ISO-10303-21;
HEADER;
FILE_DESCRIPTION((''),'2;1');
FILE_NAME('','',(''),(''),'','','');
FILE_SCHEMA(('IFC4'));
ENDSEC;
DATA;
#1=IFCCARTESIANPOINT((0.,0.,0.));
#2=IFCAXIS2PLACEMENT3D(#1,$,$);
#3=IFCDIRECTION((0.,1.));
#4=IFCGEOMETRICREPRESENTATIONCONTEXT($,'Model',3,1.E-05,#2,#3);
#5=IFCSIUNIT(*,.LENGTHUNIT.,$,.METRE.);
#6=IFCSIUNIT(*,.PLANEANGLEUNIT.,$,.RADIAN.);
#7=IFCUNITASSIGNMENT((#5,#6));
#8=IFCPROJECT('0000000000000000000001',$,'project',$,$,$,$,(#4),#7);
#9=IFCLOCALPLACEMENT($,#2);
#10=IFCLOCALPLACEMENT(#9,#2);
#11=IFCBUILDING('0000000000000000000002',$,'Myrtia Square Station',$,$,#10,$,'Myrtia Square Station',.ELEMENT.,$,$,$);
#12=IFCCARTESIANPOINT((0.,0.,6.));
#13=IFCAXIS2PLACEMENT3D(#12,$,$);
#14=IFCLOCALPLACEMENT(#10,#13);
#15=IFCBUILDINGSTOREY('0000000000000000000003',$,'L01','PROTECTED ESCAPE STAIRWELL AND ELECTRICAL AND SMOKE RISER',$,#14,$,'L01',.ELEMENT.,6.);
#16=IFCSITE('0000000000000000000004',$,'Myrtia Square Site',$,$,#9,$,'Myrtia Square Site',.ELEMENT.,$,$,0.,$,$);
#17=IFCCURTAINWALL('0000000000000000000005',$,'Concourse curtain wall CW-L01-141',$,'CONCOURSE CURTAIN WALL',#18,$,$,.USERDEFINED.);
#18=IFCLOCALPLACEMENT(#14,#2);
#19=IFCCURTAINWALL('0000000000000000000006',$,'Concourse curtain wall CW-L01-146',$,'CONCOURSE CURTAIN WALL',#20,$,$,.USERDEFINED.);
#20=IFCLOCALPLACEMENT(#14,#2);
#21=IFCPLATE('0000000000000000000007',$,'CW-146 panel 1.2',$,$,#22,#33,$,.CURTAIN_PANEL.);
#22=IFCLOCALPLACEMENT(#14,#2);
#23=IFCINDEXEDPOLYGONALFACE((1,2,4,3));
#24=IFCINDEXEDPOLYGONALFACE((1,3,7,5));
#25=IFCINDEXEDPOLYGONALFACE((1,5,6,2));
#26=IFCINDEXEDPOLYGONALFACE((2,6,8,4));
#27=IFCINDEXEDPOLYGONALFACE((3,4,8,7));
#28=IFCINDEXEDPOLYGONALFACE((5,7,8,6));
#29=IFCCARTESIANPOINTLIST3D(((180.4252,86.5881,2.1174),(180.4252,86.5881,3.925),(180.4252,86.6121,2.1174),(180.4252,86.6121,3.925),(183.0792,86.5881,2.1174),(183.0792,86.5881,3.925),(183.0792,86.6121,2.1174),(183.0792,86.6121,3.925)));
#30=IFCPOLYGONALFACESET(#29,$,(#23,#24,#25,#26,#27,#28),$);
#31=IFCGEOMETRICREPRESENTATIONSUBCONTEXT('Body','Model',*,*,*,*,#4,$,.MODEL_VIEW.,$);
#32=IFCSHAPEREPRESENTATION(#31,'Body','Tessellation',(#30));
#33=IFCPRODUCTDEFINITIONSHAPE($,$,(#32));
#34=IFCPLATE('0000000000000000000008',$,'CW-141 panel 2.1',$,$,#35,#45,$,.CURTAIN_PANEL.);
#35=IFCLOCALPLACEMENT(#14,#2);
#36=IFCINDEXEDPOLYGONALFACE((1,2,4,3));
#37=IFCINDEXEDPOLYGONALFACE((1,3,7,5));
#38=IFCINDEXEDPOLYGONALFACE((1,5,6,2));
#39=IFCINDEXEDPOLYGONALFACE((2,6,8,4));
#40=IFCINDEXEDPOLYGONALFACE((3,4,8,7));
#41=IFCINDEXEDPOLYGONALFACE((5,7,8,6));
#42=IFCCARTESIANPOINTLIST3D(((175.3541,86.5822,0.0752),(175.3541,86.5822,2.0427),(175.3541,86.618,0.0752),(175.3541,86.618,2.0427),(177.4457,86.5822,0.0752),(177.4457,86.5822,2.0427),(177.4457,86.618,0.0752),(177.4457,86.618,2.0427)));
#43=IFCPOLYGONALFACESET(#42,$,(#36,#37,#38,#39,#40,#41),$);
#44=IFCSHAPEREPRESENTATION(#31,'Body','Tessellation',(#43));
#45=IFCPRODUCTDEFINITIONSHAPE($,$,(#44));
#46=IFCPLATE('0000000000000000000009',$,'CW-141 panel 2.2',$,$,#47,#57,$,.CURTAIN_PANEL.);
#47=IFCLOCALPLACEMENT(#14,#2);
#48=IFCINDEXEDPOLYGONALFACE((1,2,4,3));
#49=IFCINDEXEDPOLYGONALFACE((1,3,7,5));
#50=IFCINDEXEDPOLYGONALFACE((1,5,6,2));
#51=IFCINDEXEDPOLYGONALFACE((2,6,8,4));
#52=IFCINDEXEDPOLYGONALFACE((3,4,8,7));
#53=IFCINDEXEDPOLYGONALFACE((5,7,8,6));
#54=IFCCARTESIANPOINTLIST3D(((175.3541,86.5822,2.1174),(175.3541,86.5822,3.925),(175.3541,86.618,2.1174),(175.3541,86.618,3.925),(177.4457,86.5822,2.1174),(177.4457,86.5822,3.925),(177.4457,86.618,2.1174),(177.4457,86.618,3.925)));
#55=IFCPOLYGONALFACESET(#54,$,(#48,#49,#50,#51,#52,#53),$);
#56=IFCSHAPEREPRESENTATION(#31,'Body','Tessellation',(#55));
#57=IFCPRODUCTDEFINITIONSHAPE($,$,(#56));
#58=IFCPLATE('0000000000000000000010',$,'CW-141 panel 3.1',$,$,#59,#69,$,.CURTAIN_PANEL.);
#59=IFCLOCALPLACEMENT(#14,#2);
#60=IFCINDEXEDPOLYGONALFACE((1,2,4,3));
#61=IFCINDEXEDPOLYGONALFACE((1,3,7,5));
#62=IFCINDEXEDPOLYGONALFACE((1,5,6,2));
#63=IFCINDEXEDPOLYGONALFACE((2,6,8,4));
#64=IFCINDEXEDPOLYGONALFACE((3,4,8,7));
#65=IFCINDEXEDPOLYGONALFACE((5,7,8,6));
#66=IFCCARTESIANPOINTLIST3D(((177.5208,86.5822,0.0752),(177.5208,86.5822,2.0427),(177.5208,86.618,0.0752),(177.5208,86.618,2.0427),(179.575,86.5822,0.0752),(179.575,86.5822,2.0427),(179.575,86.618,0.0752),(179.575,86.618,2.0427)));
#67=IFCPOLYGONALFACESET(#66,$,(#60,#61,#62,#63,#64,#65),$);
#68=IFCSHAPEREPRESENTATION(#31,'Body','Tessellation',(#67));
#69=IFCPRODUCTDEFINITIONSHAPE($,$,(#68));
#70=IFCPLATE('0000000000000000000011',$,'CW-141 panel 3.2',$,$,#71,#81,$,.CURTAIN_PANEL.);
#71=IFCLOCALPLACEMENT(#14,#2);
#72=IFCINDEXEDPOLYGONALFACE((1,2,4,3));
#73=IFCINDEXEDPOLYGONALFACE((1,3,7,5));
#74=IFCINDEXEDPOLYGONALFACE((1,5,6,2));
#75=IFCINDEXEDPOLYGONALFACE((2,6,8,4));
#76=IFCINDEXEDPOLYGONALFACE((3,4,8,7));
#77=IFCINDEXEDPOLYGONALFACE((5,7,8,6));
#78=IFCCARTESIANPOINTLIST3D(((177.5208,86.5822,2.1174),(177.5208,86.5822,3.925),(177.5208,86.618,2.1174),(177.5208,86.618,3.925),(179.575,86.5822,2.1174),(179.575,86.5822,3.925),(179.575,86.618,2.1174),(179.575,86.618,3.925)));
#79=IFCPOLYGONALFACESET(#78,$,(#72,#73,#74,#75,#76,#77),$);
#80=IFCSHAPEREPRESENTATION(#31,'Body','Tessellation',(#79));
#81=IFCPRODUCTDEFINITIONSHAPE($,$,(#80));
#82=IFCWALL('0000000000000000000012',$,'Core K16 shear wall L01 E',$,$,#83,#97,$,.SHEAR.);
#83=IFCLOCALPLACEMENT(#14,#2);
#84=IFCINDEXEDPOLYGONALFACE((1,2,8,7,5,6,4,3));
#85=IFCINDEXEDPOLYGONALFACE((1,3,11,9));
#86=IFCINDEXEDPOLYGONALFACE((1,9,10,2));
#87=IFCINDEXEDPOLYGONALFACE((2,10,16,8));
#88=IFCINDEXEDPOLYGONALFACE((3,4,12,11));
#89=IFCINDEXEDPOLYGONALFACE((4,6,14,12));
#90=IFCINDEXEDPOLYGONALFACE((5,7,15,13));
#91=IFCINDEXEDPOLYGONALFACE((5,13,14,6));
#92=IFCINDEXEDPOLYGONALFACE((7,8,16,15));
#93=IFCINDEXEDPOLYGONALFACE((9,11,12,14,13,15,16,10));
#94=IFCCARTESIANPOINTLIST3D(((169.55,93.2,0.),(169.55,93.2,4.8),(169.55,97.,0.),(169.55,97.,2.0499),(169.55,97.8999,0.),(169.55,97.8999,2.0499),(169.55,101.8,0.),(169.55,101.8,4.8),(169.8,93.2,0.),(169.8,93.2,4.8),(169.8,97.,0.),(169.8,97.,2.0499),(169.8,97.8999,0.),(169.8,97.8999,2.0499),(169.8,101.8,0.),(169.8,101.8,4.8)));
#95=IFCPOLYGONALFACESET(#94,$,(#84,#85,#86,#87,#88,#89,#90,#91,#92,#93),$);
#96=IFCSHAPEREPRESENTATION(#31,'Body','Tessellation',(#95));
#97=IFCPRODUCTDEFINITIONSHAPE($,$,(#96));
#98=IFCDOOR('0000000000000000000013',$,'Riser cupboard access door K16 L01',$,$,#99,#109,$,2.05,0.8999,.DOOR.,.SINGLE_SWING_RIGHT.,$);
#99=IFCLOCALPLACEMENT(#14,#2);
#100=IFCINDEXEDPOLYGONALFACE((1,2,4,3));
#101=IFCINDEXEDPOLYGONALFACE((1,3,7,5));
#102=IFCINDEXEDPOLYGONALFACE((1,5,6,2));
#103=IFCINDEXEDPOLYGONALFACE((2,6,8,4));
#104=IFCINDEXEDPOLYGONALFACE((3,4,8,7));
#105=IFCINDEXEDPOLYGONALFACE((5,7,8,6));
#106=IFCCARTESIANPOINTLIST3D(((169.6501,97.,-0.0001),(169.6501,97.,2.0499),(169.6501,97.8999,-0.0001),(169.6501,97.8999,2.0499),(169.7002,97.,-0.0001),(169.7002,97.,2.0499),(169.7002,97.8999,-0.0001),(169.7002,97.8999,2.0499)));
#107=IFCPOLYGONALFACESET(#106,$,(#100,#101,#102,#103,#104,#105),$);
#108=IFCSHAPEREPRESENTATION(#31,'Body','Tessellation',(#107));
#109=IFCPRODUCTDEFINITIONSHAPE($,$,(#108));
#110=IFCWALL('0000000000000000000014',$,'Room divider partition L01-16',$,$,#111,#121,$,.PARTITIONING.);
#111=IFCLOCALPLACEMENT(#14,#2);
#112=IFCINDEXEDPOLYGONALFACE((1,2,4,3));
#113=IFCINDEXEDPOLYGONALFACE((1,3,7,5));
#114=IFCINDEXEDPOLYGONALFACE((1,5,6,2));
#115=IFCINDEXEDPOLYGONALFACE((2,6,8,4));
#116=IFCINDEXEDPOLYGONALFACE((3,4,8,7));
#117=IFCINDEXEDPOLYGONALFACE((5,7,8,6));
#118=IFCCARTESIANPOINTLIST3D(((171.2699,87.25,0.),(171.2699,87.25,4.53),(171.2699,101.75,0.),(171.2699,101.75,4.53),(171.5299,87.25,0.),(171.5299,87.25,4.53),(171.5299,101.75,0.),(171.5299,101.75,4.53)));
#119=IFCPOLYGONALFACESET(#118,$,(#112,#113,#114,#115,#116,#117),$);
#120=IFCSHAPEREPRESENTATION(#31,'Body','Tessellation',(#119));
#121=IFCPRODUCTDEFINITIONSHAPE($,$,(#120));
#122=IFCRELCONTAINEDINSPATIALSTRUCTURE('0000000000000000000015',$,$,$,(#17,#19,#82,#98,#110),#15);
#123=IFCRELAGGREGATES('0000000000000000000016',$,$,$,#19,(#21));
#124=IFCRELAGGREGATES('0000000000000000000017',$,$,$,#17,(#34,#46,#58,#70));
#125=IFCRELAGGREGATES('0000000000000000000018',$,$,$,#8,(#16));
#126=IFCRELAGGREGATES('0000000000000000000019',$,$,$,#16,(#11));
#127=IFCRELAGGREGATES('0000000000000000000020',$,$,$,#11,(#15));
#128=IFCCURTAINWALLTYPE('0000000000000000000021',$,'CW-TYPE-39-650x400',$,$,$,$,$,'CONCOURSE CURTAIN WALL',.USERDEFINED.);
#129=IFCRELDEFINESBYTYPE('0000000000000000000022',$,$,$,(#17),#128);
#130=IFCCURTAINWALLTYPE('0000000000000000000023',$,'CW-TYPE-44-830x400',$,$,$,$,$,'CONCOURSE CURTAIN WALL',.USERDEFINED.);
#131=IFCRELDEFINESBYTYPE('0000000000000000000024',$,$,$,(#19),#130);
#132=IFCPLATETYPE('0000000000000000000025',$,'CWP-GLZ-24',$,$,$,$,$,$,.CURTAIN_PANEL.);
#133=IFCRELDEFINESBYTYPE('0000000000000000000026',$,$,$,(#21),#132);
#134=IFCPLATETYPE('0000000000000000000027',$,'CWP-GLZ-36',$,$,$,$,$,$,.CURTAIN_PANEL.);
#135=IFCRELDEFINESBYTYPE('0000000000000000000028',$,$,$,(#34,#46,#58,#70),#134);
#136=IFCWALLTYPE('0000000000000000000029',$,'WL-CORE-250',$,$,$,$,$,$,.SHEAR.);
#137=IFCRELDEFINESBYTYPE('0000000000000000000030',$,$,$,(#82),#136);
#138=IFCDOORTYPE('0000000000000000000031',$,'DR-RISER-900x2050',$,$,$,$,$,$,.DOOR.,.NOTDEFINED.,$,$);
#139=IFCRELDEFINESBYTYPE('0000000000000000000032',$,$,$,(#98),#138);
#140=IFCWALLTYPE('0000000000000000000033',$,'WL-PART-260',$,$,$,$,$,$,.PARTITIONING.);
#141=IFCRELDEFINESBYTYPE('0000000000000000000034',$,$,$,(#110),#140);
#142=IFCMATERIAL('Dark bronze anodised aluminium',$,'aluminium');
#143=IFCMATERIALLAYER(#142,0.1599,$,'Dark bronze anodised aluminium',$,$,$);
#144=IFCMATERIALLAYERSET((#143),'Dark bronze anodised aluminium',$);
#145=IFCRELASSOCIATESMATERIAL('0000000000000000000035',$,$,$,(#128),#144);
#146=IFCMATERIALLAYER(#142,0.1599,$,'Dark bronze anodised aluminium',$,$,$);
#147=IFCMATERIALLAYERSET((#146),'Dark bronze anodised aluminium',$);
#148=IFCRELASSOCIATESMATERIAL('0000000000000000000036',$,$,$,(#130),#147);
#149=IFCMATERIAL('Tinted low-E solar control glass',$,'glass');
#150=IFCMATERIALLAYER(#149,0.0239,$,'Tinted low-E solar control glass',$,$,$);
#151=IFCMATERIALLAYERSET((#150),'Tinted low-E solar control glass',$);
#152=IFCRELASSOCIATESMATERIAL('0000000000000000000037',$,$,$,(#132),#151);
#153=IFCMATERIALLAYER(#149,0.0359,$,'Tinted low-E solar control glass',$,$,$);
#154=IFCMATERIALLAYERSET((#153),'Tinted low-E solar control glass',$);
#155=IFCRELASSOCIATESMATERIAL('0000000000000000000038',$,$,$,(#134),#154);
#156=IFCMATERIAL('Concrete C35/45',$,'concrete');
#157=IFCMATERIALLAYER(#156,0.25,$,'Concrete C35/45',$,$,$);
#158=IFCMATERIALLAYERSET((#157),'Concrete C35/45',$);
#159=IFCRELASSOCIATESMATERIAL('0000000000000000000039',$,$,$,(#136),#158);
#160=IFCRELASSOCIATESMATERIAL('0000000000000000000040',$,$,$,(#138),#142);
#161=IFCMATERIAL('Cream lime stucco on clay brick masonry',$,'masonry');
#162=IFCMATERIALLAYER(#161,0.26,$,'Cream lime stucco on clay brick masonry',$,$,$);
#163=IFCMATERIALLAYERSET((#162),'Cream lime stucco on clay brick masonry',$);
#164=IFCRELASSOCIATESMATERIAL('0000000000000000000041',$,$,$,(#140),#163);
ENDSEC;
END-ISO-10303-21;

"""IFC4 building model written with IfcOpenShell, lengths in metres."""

from ifc_helpers import new_model, si_unit, direction, frame, frame_2d, origin, origin_2d, place, context, subcontext, project, spatial, rectangle, extrude, material, layer, layer_set, type_object, element, fill, aggregate, save


model = new_model("IFC4")

# Units and contexts
model_context = context("Model", 3, precision=1e-05, world=origin(), true_north=direction((0.0, 1.0)))
body_context = subcontext(model_context, "Body", "Model", "MODEL_VIEW")
ifc_project = project(units=[si_unit("LENGTHUNIT", "METRE"), si_unit("PLANEANGLEUNIT", "RADIAN")], contexts=[model_context])

# Site, building, storey
site_placement = place(None, origin())
site = spatial("IfcSite", under=ifc_project, at=site_placement, Name="Myrtia Square Site", LongName="Myrtia Square Site", CompositionType="ELEMENT", RefElevation=0.0)
building_placement = place(site_placement, origin())
building = spatial("IfcBuilding", under=site, at=building_placement, Name="Myrtia Square Station", LongName="Myrtia Square Station", CompositionType="ELEMENT")
storey_placement = place(building_placement, frame((0.0, 0.0, 6.0)))
storey = spatial("IfcBuildingStorey", under=building, at=storey_placement, Name="L01", Description="PROTECTED ESCAPE STAIRWELL AND ELECTRICAL AND SMOKE RISER", LongName="L01", CompositionType="ELEMENT", Elevation=6.0)

# Curtain walls
ifc_material_1 = material(Name="Dark bronze anodised aluminium", Category="aluminium")
ifc_layer_1 = layer(ifc_material_1, 0.1599, Name="Dark bronze anodised aluminium")
ifc_layer_set_1 = layer_set([ifc_layer_1], Name="Dark bronze anodised aluminium")
curtain_wall_type_1 = type_object("IfcCurtainWallType", Name="CW-TYPE-39-650x400", ElementType="CONCOURSE CURTAIN WALL", PredefinedType="USERDEFINED", material=ifc_layer_set_1)
curtain_wall_1_placement = place(storey_placement, origin())
curtain_wall_1 = element("IfcCurtainWall", 1, at=curtain_wall_1_placement, inside=storey, type_object=curtain_wall_type_1, Name="Concourse curtain wall CW-L01-141", ObjectType="CONCOURSE CURTAIN WALL", PredefinedType="USERDEFINED")
ifc_layer_2 = layer(ifc_material_1, 0.1599, Name="Dark bronze anodised aluminium")
ifc_layer_set_2 = layer_set([ifc_layer_2], Name="Dark bronze anodised aluminium")
curtain_wall_type_2 = type_object("IfcCurtainWallType", Name="CW-TYPE-44-830x400", ElementType="CONCOURSE CURTAIN WALL", PredefinedType="USERDEFINED", material=ifc_layer_set_2)
curtain_wall_2_placement = place(storey_placement, origin())
curtain_wall_2 = element("IfcCurtainWall", 2, at=curtain_wall_2_placement, inside=storey, type_object=curtain_wall_type_2, Name="Concourse curtain wall CW-L01-146", ObjectType="CONCOURSE CURTAIN WALL", PredefinedType="USERDEFINED")

# Plates
ifc_material_2 = material(Name="Tinted low-E solar control glass", Category="glass")
ifc_layer_3 = layer(ifc_material_2, 0.0239, Name="Tinted low-E solar control glass")
ifc_layer_set_3 = layer_set([ifc_layer_3], Name="Tinted low-E solar control glass")
plate_type_1 = type_object("IfcPlateType", Name="CWP-GLZ-24", PredefinedType="CURTAIN_PANEL", material=ifc_layer_set_3)
plate_1_placement = place(storey_placement, frame((181.7522, 86.6001, 2.1174), z_axis=(0.0, 0.0, 1.0), x_axis=(1.0, 0.0, 0.0)))
plate_1 = element("IfcPlate", 3, at=plate_1_placement, type_object=plate_type_1, Name="CW-146 panel 1.2", PredefinedType="CURTAIN_PANEL", context=body_context, shape_type="SweptSolid", body=[
    extrude(rectangle(XDim=2.6541, YDim=0.0239, at=origin_2d()), origin(), (0.0, 0.0, 1.0), 1.8076),
])
aggregate(curtain_wall_2, [plate_1])
ifc_layer_4 = layer(ifc_material_2, 0.0359, Name="Tinted low-E solar control glass")
ifc_layer_set_4 = layer_set([ifc_layer_4], Name="Tinted low-E solar control glass")
plate_type_2 = type_object("IfcPlateType", Name="CWP-GLZ-36", PredefinedType="CURTAIN_PANEL", material=ifc_layer_set_4)
plate_2_placement = place(storey_placement, frame((176.3999, 86.6001, 0.0752), z_axis=(0.0, 0.0, 1.0), x_axis=(1.0, 0.0, 0.0)))
plate_2 = element("IfcPlate", 4, at=plate_2_placement, type_object=plate_type_2, Name="CW-141 panel 2.1", PredefinedType="CURTAIN_PANEL", context=body_context, shape_type="SweptSolid", body=[
    extrude(rectangle(XDim=2.0916, YDim=0.0359, at=origin_2d()), origin(), (0.0, 0.0, 1.0), 1.9675),
])
plate_3_placement = place(storey_placement, frame((176.3999, 86.6001, 2.1174), z_axis=(0.0, 0.0, 1.0), x_axis=(1.0, 0.0, 0.0)))
plate_3 = element("IfcPlate", 5, at=plate_3_placement, type_object=plate_type_2, Name="CW-141 panel 2.2", PredefinedType="CURTAIN_PANEL", context=body_context, shape_type="SweptSolid", body=[
    extrude(rectangle(XDim=2.0916, YDim=0.0359, at=origin_2d()), origin(), (0.0, 0.0, 1.0), 1.8076),
])
plate_4_placement = place(storey_placement, frame((178.5479, 86.6001, 0.0752), z_axis=(0.0, 0.0, 1.0), x_axis=(1.0, 0.0, 0.0)))
plate_4 = element("IfcPlate", 6, at=plate_4_placement, type_object=plate_type_2, Name="CW-141 panel 3.1", PredefinedType="CURTAIN_PANEL", context=body_context, shape_type="SweptSolid", body=[
    extrude(rectangle(XDim=2.0542, YDim=0.0359, at=origin_2d()), origin(), (0.0, 0.0, 1.0), 1.9675),
])
plate_5_placement = place(storey_placement, frame((178.5479, 86.6001, 2.1174), z_axis=(0.0, 0.0, 1.0), x_axis=(1.0, 0.0, 0.0)))
plate_5 = element("IfcPlate", 7, at=plate_5_placement, type_object=plate_type_2, Name="CW-141 panel 3.2", PredefinedType="CURTAIN_PANEL", context=body_context, shape_type="SweptSolid", body=[
    extrude(rectangle(XDim=2.0542, YDim=0.0359, at=origin_2d()), origin(), (0.0, 0.0, 1.0), 1.8076),
])
aggregate(curtain_wall_1, [plate_2, plate_3, plate_4, plate_5])

# Wall, opening, door
ifc_material_3 = material(Name="Concrete C35/45", Category="concrete")
ifc_layer_5 = layer(ifc_material_3, 0.25, Name="Concrete C35/45")
ifc_layer_set_5 = layer_set([ifc_layer_5], Name="Concrete C35/45")
wall_type_1 = type_object("IfcWallType", Name="WL-CORE-250", PredefinedType="SHEAR", material=ifc_layer_set_5)
wall_1_placement = place(storey_placement, frame((169.675, 93.2, 0.0), z_axis=(0.0, 0.0, 1.0), x_axis=(0.0, 1.0, 0.0)))
wall_1 = element("IfcWall", 8, at=wall_1_placement, inside=storey, type_object=wall_type_1, Name="Core K16 shear wall L01 E", PredefinedType="SHEAR", context=body_context, shape_type="SweptSolid", body=[
    extrude(rectangle(XDim=8.6001, YDim=0.25, at=frame_2d((4.3, 0.0))), origin(), (0.0, 0.0, 1.0), 4.8),
])
opening_placement = place(wall_1_placement, frame((3.8, 0.0, 0.0)))
opening = element("IfcOpeningElement", 9, at=opening_placement, cuts=wall_1, PredefinedType="OPENING", context=body_context, shape_type="SweptSolid", body=[
    extrude(rectangle(XDim=0.8999, YDim=2.05, at=frame_2d((0.45, 1.0249))), frame((0.0, 0.1399, 0.0), z_axis=(0.0, -1.0, 0.0), x_axis=(1.0, 0.0, 0.0)), (0.0, 0.0, 1.0), 0.28),
])
door_type = type_object("IfcDoorType", Name="DR-RISER-900x2050", OperationType="NOTDEFINED", PredefinedType="DOOR", material=ifc_material_1)
door_placement = place(opening_placement, origin())
door = element("IfcDoor", 10, at=door_placement, inside=storey, type_object=door_type, Name="Riser cupboard access door K16 L01", OperationType="SINGLE_SWING_RIGHT", OverallHeight=2.05, OverallWidth=0.8999, PredefinedType="DOOR", context=body_context, shape_type="SweptSolid", body=[
    extrude(rectangle(XDim=0.8999, YDim=2.05, at=frame_2d((0.45, 1.0249))), frame((0.0, 0.0249, 0.0), z_axis=(0.0, -1.0, 0.0), x_axis=(1.0, 0.0, 0.0)), (0.0, 0.0, 1.0), 0.05),
])
fill(opening, door)

# Wall
ifc_material_4 = material(Name="Cream lime stucco on clay brick masonry", Category="masonry")
ifc_layer_6 = layer(ifc_material_4, 0.26, Name="Cream lime stucco on clay brick masonry")
ifc_layer_set_6 = layer_set([ifc_layer_6], Name="Cream lime stucco on clay brick masonry")
wall_type_2 = type_object("IfcWallType", Name="WL-PART-260", PredefinedType="PARTITIONING", material=ifc_layer_set_6)
wall_2_placement = place(storey_placement, frame((171.3999, 87.25, 0.0), z_axis=(0.0, 0.0, 1.0), x_axis=(0.0, 1.0, 0.0)))
element("IfcWall", 11, at=wall_2_placement, inside=storey, type_object=wall_type_2, Name="Room divider partition L01-16", PredefinedType="PARTITIONING", context=body_context, shape_type="SweptSolid", body=[
    extrude(rectangle(XDim=14.5, YDim=0.26, at=frame_2d((7.25, 0.0))), origin(), (0.0, 0.0, 1.0), 4.53),
])

save(model, "model.ifc")
